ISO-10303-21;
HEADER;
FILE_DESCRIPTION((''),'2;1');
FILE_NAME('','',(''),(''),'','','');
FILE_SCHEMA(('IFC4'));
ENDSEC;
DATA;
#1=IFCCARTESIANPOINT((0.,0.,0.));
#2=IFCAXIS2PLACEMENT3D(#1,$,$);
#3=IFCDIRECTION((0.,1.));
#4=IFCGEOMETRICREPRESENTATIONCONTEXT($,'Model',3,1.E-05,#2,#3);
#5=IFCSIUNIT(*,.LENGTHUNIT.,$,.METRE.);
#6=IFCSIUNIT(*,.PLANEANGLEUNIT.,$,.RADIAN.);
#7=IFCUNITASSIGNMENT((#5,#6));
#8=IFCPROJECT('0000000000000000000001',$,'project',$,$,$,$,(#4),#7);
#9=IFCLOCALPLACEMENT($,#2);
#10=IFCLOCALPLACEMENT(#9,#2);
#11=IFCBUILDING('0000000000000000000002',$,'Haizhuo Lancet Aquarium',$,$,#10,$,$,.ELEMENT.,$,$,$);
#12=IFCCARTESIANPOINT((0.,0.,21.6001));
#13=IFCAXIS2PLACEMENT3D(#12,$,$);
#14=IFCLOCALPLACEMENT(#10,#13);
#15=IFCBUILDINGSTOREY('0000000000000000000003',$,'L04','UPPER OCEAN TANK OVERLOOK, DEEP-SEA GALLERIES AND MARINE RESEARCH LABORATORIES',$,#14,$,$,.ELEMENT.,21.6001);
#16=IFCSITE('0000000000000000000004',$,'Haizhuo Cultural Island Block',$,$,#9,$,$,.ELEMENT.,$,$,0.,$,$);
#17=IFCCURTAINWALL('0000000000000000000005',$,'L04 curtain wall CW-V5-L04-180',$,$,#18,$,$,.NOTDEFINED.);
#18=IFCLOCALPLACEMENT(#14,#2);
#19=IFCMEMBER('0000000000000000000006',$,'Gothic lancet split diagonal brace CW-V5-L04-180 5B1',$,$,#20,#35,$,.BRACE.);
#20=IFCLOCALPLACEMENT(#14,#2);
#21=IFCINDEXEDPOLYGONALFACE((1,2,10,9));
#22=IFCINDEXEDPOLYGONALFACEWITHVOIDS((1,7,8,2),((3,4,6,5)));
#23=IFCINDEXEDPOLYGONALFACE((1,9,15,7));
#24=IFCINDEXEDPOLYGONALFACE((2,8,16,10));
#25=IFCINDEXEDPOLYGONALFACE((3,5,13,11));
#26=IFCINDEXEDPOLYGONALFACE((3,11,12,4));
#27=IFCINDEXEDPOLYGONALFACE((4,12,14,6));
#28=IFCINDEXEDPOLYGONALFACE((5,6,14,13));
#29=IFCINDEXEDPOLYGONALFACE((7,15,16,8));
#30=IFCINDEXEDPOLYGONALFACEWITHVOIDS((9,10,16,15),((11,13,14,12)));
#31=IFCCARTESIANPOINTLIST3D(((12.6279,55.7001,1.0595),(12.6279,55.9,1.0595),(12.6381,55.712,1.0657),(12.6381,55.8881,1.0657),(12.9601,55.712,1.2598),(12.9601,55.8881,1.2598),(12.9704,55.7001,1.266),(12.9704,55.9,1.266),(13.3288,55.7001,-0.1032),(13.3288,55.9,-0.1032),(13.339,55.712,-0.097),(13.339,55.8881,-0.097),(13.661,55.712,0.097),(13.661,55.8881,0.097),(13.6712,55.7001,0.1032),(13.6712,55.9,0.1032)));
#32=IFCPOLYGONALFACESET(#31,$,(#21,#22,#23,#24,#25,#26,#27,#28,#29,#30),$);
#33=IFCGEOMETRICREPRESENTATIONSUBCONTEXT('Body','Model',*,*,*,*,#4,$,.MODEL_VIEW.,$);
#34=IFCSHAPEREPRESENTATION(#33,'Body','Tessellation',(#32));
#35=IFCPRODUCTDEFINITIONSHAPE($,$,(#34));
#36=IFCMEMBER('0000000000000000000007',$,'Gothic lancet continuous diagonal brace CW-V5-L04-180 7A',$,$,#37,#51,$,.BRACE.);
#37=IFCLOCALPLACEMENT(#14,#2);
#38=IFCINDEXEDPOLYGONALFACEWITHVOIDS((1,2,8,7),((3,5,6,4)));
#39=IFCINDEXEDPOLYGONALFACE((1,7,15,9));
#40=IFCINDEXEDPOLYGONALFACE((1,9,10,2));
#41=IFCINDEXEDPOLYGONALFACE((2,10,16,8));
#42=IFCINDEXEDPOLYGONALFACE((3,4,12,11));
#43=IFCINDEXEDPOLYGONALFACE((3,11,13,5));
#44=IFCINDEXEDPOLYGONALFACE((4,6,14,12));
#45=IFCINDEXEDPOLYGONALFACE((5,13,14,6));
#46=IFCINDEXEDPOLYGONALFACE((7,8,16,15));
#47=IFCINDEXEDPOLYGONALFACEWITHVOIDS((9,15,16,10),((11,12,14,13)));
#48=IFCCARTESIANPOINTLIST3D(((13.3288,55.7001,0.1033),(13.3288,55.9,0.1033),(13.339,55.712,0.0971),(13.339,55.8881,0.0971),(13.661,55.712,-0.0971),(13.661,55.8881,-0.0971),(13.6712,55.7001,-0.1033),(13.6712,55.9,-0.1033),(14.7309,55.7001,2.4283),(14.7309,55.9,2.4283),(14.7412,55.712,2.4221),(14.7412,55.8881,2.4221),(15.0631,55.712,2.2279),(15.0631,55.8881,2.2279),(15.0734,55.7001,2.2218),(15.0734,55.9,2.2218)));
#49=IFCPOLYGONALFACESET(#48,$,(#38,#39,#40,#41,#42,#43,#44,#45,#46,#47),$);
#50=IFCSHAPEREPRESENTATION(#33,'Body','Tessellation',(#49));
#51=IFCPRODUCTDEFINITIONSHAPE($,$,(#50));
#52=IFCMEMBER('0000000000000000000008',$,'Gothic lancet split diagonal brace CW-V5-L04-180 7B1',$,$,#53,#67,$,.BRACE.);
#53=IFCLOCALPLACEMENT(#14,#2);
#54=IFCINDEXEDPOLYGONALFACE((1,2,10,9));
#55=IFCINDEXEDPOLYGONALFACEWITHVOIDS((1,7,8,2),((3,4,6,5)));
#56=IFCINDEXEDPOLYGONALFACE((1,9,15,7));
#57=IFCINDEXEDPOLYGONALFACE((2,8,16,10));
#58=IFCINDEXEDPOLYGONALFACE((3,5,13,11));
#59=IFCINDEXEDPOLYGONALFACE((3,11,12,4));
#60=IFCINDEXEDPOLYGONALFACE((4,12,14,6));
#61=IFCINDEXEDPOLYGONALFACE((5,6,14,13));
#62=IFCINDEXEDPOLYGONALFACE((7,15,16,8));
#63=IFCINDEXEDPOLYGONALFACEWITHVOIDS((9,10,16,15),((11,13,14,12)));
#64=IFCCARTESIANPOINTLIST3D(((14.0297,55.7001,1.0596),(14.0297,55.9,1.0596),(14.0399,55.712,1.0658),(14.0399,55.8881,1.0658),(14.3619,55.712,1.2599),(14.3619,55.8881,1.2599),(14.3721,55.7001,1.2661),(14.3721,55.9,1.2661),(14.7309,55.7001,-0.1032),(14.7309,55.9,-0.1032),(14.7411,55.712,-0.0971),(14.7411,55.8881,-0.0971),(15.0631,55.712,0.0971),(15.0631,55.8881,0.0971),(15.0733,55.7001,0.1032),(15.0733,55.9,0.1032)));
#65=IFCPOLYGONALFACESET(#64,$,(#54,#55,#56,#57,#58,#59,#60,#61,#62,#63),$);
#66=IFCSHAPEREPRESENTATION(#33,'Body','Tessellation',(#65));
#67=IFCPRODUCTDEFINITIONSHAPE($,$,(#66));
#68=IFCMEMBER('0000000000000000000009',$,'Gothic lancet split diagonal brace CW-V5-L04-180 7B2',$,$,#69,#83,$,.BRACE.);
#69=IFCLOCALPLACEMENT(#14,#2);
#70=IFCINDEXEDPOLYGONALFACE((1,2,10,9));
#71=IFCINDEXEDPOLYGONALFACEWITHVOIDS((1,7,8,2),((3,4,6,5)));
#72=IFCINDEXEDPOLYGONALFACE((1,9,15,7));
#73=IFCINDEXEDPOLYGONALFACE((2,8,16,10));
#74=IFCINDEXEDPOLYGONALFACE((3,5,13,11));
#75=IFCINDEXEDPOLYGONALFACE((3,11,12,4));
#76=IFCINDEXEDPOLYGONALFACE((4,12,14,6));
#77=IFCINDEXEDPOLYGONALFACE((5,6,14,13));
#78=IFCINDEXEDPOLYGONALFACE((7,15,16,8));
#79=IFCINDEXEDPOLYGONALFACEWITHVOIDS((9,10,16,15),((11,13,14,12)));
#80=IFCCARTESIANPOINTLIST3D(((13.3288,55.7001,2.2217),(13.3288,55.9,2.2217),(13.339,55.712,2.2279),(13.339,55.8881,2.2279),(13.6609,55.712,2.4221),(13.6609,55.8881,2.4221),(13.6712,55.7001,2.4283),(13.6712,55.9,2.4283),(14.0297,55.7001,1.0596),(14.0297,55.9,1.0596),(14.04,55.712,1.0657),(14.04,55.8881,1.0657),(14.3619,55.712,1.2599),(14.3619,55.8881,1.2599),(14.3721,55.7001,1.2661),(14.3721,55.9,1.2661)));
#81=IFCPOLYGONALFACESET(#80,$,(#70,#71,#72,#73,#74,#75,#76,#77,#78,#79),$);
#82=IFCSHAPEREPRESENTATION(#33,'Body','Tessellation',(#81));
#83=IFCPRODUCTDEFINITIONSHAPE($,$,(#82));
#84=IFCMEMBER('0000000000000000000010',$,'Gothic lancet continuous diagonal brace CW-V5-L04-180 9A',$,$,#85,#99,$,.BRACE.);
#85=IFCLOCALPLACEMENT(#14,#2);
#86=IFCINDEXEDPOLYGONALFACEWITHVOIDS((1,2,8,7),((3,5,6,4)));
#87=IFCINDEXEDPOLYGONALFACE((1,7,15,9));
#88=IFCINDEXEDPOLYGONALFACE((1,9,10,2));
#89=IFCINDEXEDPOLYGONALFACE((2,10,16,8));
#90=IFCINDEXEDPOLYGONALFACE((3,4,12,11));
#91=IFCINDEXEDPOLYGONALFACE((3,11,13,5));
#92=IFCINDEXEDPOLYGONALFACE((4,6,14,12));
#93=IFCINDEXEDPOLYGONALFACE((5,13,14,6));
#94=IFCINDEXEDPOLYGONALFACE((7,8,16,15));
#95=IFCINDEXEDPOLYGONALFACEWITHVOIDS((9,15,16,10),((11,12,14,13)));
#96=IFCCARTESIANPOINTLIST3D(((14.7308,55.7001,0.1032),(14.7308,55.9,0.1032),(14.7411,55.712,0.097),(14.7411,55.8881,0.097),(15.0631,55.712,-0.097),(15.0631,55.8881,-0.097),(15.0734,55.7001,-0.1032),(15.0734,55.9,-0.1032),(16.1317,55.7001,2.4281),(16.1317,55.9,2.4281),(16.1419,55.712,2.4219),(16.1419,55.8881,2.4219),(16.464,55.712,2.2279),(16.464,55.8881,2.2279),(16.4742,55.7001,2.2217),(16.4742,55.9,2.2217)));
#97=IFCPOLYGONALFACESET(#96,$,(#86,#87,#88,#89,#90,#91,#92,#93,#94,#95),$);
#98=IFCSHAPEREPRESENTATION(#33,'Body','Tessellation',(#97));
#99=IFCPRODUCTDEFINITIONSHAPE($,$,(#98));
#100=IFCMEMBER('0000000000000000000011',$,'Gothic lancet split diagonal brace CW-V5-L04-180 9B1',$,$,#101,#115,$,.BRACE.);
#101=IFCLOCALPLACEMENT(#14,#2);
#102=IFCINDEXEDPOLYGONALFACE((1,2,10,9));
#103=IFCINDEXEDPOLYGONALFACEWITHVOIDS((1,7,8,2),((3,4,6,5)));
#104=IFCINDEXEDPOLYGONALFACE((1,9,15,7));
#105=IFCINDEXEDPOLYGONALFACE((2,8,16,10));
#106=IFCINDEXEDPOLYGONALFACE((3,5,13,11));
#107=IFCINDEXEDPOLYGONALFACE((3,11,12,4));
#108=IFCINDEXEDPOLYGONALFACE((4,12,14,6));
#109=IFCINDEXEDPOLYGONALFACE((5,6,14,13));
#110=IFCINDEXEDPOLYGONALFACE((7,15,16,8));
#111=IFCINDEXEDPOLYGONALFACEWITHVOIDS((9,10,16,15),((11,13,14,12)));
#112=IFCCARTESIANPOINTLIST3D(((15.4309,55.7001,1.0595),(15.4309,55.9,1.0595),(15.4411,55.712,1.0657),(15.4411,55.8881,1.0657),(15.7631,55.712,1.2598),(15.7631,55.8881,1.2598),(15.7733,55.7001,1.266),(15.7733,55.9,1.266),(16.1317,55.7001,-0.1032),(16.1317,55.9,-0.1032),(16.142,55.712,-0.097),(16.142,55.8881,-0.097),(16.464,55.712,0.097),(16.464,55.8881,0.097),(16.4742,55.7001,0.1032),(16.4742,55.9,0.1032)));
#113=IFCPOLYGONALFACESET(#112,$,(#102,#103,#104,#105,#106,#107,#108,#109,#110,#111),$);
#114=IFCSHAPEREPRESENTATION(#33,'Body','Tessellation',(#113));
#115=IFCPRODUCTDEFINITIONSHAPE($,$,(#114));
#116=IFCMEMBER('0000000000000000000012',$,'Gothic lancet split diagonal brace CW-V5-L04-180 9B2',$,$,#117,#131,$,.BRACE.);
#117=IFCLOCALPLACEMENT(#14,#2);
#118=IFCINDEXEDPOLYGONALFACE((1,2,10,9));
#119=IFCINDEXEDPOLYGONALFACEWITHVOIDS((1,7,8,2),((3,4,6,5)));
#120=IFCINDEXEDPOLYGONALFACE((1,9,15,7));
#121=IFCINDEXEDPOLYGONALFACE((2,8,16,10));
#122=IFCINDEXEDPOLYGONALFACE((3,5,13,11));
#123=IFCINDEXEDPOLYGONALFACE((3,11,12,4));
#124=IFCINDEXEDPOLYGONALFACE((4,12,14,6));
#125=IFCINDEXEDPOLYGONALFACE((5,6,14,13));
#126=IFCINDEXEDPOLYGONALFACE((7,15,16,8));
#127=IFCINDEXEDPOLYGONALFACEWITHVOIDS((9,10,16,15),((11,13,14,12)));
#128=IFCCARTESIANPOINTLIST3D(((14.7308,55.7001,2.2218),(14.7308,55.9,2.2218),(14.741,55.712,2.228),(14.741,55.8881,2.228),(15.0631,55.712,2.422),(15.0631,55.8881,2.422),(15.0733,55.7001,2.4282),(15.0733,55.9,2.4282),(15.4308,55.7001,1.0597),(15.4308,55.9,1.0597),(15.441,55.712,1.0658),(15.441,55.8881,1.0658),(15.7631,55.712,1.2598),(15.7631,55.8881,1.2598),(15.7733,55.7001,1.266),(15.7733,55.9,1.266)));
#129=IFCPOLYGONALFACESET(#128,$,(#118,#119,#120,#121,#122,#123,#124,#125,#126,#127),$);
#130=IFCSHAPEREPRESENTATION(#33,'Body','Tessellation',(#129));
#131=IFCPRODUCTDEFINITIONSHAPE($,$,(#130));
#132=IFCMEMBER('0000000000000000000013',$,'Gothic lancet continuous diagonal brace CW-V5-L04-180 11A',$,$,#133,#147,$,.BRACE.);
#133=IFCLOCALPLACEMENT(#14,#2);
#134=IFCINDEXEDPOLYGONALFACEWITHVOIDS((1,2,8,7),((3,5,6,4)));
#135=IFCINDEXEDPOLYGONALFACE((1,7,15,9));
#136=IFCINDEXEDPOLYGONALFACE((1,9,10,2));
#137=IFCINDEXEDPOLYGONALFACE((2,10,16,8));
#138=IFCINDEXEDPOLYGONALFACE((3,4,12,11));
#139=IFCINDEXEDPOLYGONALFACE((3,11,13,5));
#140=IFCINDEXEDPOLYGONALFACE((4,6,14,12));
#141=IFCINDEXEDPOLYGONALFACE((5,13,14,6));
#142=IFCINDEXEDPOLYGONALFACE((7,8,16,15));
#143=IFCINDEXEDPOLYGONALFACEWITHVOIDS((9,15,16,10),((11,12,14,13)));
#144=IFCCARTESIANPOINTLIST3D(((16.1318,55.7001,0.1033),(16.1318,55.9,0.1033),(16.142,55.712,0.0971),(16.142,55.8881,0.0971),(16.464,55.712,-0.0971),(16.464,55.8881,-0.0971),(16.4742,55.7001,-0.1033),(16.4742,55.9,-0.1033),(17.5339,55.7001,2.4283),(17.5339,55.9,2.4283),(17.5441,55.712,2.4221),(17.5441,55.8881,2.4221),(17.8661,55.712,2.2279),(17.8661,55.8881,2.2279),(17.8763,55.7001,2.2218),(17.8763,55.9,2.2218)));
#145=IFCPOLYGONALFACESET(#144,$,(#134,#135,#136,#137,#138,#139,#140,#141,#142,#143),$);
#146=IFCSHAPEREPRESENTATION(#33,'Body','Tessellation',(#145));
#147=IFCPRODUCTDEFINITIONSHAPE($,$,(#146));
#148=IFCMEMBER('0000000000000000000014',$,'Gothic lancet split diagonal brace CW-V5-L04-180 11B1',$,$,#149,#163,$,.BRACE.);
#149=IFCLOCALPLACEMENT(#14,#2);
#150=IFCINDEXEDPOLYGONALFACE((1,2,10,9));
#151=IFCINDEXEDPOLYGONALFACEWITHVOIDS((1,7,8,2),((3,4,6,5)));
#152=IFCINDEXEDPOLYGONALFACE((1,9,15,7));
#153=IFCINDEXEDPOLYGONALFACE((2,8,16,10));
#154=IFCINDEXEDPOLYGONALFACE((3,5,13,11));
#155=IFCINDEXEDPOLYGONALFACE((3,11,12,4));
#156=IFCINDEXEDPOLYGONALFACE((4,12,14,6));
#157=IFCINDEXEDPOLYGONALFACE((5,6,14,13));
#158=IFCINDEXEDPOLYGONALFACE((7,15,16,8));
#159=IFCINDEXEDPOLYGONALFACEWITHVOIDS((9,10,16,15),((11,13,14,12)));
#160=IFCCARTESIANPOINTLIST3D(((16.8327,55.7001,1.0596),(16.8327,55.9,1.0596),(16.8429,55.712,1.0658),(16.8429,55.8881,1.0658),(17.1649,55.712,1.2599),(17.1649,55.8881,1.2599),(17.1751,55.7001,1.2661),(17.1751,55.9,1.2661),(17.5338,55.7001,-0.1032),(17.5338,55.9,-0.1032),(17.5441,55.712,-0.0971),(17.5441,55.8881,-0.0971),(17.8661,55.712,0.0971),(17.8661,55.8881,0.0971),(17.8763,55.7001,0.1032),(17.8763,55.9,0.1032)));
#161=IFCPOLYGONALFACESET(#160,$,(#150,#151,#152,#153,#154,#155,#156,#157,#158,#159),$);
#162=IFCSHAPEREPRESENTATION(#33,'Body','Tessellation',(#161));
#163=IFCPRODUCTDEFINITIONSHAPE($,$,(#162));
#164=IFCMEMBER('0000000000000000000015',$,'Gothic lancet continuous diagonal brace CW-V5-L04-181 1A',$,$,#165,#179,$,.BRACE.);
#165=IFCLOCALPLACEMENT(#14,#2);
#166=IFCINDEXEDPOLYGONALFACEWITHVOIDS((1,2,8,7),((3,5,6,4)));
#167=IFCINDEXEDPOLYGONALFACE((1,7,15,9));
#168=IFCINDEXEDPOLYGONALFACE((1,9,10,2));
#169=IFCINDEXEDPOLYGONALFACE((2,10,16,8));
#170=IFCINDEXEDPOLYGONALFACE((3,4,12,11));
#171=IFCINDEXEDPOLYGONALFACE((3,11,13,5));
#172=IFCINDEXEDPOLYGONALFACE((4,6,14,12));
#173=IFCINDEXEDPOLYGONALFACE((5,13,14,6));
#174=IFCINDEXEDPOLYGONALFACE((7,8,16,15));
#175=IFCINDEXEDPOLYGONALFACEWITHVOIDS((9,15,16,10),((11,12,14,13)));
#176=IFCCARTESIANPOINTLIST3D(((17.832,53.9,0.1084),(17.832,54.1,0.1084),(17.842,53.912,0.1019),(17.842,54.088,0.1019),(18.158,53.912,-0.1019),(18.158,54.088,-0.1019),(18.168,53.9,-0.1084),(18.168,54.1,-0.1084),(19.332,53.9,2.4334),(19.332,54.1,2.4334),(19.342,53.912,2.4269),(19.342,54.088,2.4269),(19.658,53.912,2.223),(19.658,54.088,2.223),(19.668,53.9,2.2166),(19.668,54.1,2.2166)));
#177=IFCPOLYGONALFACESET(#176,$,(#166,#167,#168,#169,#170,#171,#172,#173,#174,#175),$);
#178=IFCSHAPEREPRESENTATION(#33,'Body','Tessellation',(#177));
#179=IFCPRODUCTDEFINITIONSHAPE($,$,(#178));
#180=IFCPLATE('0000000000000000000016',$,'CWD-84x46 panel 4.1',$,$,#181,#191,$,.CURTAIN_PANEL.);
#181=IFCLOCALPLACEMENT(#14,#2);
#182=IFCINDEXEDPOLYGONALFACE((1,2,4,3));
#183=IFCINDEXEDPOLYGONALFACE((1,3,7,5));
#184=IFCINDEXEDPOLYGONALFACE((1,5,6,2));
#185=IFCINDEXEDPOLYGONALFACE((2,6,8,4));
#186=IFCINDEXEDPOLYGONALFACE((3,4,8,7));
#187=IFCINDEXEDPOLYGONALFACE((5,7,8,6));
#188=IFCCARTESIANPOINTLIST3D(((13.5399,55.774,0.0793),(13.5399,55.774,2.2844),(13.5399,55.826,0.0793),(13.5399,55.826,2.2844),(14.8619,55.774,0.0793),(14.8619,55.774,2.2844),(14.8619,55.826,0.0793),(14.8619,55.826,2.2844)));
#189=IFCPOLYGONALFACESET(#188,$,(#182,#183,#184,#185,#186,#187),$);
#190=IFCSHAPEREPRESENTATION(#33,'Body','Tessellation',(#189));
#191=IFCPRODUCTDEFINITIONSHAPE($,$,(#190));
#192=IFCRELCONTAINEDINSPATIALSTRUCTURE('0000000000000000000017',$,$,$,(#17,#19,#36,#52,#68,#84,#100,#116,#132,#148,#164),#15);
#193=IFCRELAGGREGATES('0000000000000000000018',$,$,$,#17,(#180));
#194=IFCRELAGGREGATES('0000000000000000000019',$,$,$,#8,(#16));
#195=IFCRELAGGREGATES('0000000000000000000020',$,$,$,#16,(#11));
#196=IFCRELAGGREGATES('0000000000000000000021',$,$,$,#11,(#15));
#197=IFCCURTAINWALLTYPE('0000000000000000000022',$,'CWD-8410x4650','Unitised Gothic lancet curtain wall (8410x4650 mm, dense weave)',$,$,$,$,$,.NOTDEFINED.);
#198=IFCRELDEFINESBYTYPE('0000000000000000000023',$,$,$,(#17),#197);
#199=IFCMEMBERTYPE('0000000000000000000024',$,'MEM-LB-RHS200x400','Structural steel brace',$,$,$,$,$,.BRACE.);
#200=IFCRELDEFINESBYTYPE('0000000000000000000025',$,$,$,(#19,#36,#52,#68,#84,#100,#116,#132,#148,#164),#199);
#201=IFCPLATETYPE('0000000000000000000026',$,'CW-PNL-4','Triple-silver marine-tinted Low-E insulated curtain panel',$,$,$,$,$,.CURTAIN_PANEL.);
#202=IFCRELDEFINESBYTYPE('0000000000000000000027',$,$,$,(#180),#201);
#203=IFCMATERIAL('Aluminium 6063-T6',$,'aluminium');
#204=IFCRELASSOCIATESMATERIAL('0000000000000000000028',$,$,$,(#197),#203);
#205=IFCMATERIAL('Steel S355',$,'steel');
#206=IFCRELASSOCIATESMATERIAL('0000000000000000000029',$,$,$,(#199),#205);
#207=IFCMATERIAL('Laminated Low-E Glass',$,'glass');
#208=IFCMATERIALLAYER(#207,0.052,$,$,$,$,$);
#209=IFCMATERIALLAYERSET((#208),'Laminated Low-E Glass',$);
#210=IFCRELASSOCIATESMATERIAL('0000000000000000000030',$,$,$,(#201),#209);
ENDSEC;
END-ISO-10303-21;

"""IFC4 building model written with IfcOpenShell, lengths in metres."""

from ifc_helpers import new_model, si_unit, direction, frame, origin, origin_2d, place, context, subcontext, project, spatial, rectangle, hollow_rectangle, extrude, material, layer, layer_set, material_profile, profile_set, type_object, element, aggregate, save


model = new_model("IFC4")

# Units and contexts
model_context = context("Model", 3, precision=1e-05, world=origin(), true_north=direction((0.0, 1.0)))
body_context = subcontext(model_context, "Body", "Model", "MODEL_VIEW")
ifc_project = project(units=[si_unit("LENGTHUNIT", "METRE"), si_unit("PLANEANGLEUNIT", "RADIAN")], contexts=[model_context])

# Site, building, storey
site_placement = place(None, origin())
site = spatial("IfcSite", under=ifc_project, at=site_placement, Name="Haizhuo Cultural Island Block", CompositionType="ELEMENT", RefElevation=0.0)
building_placement = place(site_placement, origin())
building = spatial("IfcBuilding", under=site, at=building_placement, Name="Haizhuo Lancet Aquarium", CompositionType="ELEMENT")
storey_placement = place(building_placement, frame((0.0, 0.0, 21.6001)))
storey = spatial("IfcBuildingStorey", under=building, at=storey_placement, Name="L04", Description="UPPER OCEAN TANK OVERLOOK, DEEP-SEA GALLERIES AND MARINE RESEARCH LABORATORIES", CompositionType="ELEMENT", Elevation=21.6001)

# Shared definitions
ifc_material_1 = material(Name="Aluminium 6063-T6", Category="aluminium")

# Curtain wall
curtain_wall_type_1 = type_object("IfcCurtainWallType", Name="CWD-8410x4650", Description="Unitised Gothic lancet curtain wall (8410x4650 mm, dense weave)", PredefinedType="NOTDEFINED", material=ifc_material_1)
curtain_wall_1_placement = place(storey_placement, origin())
curtain_wall_1 = element("IfcCurtainWall", 1, at=curtain_wall_1_placement, inside=storey, type_object=curtain_wall_type_1, Name="L04 curtain wall CW-V5-L04-180", PredefinedType="NOTDEFINED")

# Members
ifc_material_2 = material(Name="Steel S355", Category="steel")
ifc_material_profile_1 = material_profile(ifc_material_2, hollow_rectangle(XDim=0.2, YDim=0.3999, WallThickness=0.012, at=origin_2d()), Name="RHS 200x400x12")
ifc_profile_set_1 = profile_set([ifc_material_profile_1], Name="Steel S355")
member_type_1 = type_object("IfcMemberType", Name="MEM-LB-RHS200x400", Description="Structural steel brace", PredefinedType="BRACE", material=ifc_profile_set_1)
member_1_placement = place(storey_placement, frame((13.5, 55.8, 0.0), z_axis=(-0.51624, 0.0, 0.856444), x_axis=(0.0, -1.0, 0.0)))
element("IfcMember", 2, at=member_1_placement, inside=storey, type_object=member_type_1, Name="Gothic lancet split diagonal brace CW-V5-L04-180 5B1", PredefinedType="BRACE", context=body_context, shape_type="SweptSolid", body=[
    extrude(hollow_rectangle(XDim=0.2, YDim=0.3999, WallThickness=0.012, at=origin_2d()), origin(), (0.0, 0.0, 1.0), 1.3577),
])
member_2_placement = place(storey_placement, frame((13.5, 55.8, 0.0), z_axis=(0.516425, 0.0, 0.856332), x_axis=(0.0, 1.0, 0.0)))
element("IfcMember", 3, at=member_2_placement, inside=storey, type_object=member_type_1, Name="Gothic lancet continuous diagonal brace CW-V5-L04-180 7A", PredefinedType="BRACE", context=body_context, shape_type="SweptSolid", body=[
    extrude(hollow_rectangle(XDim=0.2, YDim=0.3999, WallThickness=0.012, at=origin_2d()), origin(), (0.0, 0.0, 1.0), 2.7151),
])
member_3_placement = place(storey_placement, frame((14.9021, 55.8, 0.0), z_axis=(-0.516372, 0.0, 0.856365), x_axis=(0.0, -1.0, 0.0)))
element("IfcMember", 4, at=member_3_placement, inside=storey, type_object=member_type_1, Name="Gothic lancet split diagonal brace CW-V5-L04-180 7B1", PredefinedType="BRACE", context=body_context, shape_type="SweptSolid", body=[
    extrude(hollow_rectangle(XDim=0.2, YDim=0.3999, WallThickness=0.012, at=origin_2d()), origin(), (0.0, 0.0, 1.0), 1.3579),
])
member_4_placement = place(storey_placement, frame((14.2009, 55.8, 1.1628), z_axis=(-0.516479, 0.0, 0.8563), x_axis=(0.0, -1.0, 0.0)))
element("IfcMember", 5, at=member_4_placement, inside=storey, type_object=member_type_1, Name="Gothic lancet split diagonal brace CW-V5-L04-180 7B2", PredefinedType="BRACE", context=body_context, shape_type="SweptSolid", body=[
    extrude(hollow_rectangle(XDim=0.2, YDim=0.3999, WallThickness=0.012, at=origin_2d()), origin(), (0.0, 0.0, 1.0), 1.3572),
])
member_5_placement = place(storey_placement, frame((14.9021, 55.8, 0.0), z_axis=(0.516095, 0.0, 0.856531), x_axis=(0.0, 1.0, 0.0)))
element("IfcMember", 6, at=member_5_placement, inside=storey, type_object=member_type_1, Name="Gothic lancet continuous diagonal brace CW-V5-L04-180 9A", PredefinedType="BRACE", context=body_context, shape_type="SweptSolid", body=[
    extrude(hollow_rectangle(XDim=0.2, YDim=0.3999, WallThickness=0.012, at=origin_2d()), origin(), (0.0, 0.0, 1.0), 2.7144),
])
member_6_placement = place(storey_placement, frame((16.303, 55.8, 0.0), z_axis=(-0.51624, 0.0, 0.856444), x_axis=(0.0, -1.0, 0.0)))
element("IfcMember", 7, at=member_6_placement, inside=storey, type_object=member_type_1, Name="Gothic lancet split diagonal brace CW-V5-L04-180 9B1", PredefinedType="BRACE", context=body_context, shape_type="SweptSolid", body=[
    extrude(hollow_rectangle(XDim=0.2, YDim=0.3999, WallThickness=0.012, at=origin_2d()), origin(), (0.0, 0.0, 1.0), 1.3577),
])
member_7_placement = place(storey_placement, frame((15.6021, 55.8, 1.1628), z_axis=(-0.515951, 0.0, 0.856618), x_axis=(0.0, -1.0, 0.0)))
element("IfcMember", 8, at=member_7_placement, inside=storey, type_object=member_type_1, Name="Gothic lancet split diagonal brace CW-V5-L04-180 9B2", PredefinedType="BRACE", context=body_context, shape_type="SweptSolid", body=[
    extrude(hollow_rectangle(XDim=0.2, YDim=0.3999, WallThickness=0.012, at=origin_2d()), origin(), (0.0, 0.0, 1.0), 1.3567),
])
member_8_placement = place(storey_placement, frame((16.303, 55.8, 0.0), z_axis=(0.516425, 0.0, 0.856332), x_axis=(0.0, 1.0, 0.0)))
element("IfcMember", 9, at=member_8_placement, inside=storey, type_object=member_type_1, Name="Gothic lancet continuous diagonal brace CW-V5-L04-180 11A", PredefinedType="BRACE", context=body_context, shape_type="SweptSolid", body=[
    extrude(hollow_rectangle(XDim=0.2, YDim=0.3999, WallThickness=0.012, at=origin_2d()), origin(), (0.0, 0.0, 1.0), 2.7151),
])
member_9_placement = place(storey_placement, frame((17.7051, 55.8, 0.0), z_axis=(-0.516372, 0.0, 0.856365), x_axis=(0.0, -1.0, 0.0)))
element("IfcMember", 10, at=member_9_placement, inside=storey, type_object=member_type_1, Name="Gothic lancet split diagonal brace CW-V5-L04-180 11B1", PredefinedType="BRACE", context=body_context, shape_type="SweptSolid", body=[
    extrude(hollow_rectangle(XDim=0.2, YDim=0.3999, WallThickness=0.012, at=origin_2d()), origin(), (0.0, 0.0, 1.0), 1.3579),
])
member_10_placement = place(storey_placement, frame((18.0, 54.0, 0.0), z_axis=(0.542135, 0.0, 0.840291), x_axis=(0.0, 1.0, 0.0)))
element("IfcMember", 11, at=member_10_placement, inside=storey, type_object=member_type_1, Name="Gothic lancet continuous diagonal brace CW-V5-L04-181 1A", PredefinedType="BRACE", context=body_context, shape_type="SweptSolid", body=[
    extrude(hollow_rectangle(XDim=0.2, YDim=0.3999, WallThickness=0.012, at=origin_2d()), origin(), (0.0, 0.0, 1.0), 2.7668),
])

# Plate
ifc_material_3 = material(Name="Laminated Low-E Glass", Category="glass")
ifc_layer = layer(ifc_material_3, 0.052)
ifc_layer_set = layer_set([ifc_layer], Name="Laminated Low-E Glass")
plate_type = type_object("IfcPlateType", Name="CW-PNL-4", Description="Triple-silver marine-tinted Low-E insulated curtain panel", PredefinedType="CURTAIN_PANEL", material=ifc_layer_set)
plate_1_placement = place(storey_placement, frame((14.2009, 55.8, 0.0793), z_axis=(0.0, 0.0, 1.0), x_axis=(1.0, 0.0, 0.0)))
plate_1 = element("IfcPlate", 12, at=plate_1_placement, type_object=plate_type, Name="CWD-84x46 panel 4.1", PredefinedType="CURTAIN_PANEL", context=body_context, shape_type="SweptSolid", body=[
    extrude(rectangle(XDim=1.322, YDim=0.052, at=origin_2d()), origin(), (0.0, 0.0, 1.0), 2.2051),
])
aggregate(curtain_wall_1, [plate_1])

save(model, "model.ifc")
